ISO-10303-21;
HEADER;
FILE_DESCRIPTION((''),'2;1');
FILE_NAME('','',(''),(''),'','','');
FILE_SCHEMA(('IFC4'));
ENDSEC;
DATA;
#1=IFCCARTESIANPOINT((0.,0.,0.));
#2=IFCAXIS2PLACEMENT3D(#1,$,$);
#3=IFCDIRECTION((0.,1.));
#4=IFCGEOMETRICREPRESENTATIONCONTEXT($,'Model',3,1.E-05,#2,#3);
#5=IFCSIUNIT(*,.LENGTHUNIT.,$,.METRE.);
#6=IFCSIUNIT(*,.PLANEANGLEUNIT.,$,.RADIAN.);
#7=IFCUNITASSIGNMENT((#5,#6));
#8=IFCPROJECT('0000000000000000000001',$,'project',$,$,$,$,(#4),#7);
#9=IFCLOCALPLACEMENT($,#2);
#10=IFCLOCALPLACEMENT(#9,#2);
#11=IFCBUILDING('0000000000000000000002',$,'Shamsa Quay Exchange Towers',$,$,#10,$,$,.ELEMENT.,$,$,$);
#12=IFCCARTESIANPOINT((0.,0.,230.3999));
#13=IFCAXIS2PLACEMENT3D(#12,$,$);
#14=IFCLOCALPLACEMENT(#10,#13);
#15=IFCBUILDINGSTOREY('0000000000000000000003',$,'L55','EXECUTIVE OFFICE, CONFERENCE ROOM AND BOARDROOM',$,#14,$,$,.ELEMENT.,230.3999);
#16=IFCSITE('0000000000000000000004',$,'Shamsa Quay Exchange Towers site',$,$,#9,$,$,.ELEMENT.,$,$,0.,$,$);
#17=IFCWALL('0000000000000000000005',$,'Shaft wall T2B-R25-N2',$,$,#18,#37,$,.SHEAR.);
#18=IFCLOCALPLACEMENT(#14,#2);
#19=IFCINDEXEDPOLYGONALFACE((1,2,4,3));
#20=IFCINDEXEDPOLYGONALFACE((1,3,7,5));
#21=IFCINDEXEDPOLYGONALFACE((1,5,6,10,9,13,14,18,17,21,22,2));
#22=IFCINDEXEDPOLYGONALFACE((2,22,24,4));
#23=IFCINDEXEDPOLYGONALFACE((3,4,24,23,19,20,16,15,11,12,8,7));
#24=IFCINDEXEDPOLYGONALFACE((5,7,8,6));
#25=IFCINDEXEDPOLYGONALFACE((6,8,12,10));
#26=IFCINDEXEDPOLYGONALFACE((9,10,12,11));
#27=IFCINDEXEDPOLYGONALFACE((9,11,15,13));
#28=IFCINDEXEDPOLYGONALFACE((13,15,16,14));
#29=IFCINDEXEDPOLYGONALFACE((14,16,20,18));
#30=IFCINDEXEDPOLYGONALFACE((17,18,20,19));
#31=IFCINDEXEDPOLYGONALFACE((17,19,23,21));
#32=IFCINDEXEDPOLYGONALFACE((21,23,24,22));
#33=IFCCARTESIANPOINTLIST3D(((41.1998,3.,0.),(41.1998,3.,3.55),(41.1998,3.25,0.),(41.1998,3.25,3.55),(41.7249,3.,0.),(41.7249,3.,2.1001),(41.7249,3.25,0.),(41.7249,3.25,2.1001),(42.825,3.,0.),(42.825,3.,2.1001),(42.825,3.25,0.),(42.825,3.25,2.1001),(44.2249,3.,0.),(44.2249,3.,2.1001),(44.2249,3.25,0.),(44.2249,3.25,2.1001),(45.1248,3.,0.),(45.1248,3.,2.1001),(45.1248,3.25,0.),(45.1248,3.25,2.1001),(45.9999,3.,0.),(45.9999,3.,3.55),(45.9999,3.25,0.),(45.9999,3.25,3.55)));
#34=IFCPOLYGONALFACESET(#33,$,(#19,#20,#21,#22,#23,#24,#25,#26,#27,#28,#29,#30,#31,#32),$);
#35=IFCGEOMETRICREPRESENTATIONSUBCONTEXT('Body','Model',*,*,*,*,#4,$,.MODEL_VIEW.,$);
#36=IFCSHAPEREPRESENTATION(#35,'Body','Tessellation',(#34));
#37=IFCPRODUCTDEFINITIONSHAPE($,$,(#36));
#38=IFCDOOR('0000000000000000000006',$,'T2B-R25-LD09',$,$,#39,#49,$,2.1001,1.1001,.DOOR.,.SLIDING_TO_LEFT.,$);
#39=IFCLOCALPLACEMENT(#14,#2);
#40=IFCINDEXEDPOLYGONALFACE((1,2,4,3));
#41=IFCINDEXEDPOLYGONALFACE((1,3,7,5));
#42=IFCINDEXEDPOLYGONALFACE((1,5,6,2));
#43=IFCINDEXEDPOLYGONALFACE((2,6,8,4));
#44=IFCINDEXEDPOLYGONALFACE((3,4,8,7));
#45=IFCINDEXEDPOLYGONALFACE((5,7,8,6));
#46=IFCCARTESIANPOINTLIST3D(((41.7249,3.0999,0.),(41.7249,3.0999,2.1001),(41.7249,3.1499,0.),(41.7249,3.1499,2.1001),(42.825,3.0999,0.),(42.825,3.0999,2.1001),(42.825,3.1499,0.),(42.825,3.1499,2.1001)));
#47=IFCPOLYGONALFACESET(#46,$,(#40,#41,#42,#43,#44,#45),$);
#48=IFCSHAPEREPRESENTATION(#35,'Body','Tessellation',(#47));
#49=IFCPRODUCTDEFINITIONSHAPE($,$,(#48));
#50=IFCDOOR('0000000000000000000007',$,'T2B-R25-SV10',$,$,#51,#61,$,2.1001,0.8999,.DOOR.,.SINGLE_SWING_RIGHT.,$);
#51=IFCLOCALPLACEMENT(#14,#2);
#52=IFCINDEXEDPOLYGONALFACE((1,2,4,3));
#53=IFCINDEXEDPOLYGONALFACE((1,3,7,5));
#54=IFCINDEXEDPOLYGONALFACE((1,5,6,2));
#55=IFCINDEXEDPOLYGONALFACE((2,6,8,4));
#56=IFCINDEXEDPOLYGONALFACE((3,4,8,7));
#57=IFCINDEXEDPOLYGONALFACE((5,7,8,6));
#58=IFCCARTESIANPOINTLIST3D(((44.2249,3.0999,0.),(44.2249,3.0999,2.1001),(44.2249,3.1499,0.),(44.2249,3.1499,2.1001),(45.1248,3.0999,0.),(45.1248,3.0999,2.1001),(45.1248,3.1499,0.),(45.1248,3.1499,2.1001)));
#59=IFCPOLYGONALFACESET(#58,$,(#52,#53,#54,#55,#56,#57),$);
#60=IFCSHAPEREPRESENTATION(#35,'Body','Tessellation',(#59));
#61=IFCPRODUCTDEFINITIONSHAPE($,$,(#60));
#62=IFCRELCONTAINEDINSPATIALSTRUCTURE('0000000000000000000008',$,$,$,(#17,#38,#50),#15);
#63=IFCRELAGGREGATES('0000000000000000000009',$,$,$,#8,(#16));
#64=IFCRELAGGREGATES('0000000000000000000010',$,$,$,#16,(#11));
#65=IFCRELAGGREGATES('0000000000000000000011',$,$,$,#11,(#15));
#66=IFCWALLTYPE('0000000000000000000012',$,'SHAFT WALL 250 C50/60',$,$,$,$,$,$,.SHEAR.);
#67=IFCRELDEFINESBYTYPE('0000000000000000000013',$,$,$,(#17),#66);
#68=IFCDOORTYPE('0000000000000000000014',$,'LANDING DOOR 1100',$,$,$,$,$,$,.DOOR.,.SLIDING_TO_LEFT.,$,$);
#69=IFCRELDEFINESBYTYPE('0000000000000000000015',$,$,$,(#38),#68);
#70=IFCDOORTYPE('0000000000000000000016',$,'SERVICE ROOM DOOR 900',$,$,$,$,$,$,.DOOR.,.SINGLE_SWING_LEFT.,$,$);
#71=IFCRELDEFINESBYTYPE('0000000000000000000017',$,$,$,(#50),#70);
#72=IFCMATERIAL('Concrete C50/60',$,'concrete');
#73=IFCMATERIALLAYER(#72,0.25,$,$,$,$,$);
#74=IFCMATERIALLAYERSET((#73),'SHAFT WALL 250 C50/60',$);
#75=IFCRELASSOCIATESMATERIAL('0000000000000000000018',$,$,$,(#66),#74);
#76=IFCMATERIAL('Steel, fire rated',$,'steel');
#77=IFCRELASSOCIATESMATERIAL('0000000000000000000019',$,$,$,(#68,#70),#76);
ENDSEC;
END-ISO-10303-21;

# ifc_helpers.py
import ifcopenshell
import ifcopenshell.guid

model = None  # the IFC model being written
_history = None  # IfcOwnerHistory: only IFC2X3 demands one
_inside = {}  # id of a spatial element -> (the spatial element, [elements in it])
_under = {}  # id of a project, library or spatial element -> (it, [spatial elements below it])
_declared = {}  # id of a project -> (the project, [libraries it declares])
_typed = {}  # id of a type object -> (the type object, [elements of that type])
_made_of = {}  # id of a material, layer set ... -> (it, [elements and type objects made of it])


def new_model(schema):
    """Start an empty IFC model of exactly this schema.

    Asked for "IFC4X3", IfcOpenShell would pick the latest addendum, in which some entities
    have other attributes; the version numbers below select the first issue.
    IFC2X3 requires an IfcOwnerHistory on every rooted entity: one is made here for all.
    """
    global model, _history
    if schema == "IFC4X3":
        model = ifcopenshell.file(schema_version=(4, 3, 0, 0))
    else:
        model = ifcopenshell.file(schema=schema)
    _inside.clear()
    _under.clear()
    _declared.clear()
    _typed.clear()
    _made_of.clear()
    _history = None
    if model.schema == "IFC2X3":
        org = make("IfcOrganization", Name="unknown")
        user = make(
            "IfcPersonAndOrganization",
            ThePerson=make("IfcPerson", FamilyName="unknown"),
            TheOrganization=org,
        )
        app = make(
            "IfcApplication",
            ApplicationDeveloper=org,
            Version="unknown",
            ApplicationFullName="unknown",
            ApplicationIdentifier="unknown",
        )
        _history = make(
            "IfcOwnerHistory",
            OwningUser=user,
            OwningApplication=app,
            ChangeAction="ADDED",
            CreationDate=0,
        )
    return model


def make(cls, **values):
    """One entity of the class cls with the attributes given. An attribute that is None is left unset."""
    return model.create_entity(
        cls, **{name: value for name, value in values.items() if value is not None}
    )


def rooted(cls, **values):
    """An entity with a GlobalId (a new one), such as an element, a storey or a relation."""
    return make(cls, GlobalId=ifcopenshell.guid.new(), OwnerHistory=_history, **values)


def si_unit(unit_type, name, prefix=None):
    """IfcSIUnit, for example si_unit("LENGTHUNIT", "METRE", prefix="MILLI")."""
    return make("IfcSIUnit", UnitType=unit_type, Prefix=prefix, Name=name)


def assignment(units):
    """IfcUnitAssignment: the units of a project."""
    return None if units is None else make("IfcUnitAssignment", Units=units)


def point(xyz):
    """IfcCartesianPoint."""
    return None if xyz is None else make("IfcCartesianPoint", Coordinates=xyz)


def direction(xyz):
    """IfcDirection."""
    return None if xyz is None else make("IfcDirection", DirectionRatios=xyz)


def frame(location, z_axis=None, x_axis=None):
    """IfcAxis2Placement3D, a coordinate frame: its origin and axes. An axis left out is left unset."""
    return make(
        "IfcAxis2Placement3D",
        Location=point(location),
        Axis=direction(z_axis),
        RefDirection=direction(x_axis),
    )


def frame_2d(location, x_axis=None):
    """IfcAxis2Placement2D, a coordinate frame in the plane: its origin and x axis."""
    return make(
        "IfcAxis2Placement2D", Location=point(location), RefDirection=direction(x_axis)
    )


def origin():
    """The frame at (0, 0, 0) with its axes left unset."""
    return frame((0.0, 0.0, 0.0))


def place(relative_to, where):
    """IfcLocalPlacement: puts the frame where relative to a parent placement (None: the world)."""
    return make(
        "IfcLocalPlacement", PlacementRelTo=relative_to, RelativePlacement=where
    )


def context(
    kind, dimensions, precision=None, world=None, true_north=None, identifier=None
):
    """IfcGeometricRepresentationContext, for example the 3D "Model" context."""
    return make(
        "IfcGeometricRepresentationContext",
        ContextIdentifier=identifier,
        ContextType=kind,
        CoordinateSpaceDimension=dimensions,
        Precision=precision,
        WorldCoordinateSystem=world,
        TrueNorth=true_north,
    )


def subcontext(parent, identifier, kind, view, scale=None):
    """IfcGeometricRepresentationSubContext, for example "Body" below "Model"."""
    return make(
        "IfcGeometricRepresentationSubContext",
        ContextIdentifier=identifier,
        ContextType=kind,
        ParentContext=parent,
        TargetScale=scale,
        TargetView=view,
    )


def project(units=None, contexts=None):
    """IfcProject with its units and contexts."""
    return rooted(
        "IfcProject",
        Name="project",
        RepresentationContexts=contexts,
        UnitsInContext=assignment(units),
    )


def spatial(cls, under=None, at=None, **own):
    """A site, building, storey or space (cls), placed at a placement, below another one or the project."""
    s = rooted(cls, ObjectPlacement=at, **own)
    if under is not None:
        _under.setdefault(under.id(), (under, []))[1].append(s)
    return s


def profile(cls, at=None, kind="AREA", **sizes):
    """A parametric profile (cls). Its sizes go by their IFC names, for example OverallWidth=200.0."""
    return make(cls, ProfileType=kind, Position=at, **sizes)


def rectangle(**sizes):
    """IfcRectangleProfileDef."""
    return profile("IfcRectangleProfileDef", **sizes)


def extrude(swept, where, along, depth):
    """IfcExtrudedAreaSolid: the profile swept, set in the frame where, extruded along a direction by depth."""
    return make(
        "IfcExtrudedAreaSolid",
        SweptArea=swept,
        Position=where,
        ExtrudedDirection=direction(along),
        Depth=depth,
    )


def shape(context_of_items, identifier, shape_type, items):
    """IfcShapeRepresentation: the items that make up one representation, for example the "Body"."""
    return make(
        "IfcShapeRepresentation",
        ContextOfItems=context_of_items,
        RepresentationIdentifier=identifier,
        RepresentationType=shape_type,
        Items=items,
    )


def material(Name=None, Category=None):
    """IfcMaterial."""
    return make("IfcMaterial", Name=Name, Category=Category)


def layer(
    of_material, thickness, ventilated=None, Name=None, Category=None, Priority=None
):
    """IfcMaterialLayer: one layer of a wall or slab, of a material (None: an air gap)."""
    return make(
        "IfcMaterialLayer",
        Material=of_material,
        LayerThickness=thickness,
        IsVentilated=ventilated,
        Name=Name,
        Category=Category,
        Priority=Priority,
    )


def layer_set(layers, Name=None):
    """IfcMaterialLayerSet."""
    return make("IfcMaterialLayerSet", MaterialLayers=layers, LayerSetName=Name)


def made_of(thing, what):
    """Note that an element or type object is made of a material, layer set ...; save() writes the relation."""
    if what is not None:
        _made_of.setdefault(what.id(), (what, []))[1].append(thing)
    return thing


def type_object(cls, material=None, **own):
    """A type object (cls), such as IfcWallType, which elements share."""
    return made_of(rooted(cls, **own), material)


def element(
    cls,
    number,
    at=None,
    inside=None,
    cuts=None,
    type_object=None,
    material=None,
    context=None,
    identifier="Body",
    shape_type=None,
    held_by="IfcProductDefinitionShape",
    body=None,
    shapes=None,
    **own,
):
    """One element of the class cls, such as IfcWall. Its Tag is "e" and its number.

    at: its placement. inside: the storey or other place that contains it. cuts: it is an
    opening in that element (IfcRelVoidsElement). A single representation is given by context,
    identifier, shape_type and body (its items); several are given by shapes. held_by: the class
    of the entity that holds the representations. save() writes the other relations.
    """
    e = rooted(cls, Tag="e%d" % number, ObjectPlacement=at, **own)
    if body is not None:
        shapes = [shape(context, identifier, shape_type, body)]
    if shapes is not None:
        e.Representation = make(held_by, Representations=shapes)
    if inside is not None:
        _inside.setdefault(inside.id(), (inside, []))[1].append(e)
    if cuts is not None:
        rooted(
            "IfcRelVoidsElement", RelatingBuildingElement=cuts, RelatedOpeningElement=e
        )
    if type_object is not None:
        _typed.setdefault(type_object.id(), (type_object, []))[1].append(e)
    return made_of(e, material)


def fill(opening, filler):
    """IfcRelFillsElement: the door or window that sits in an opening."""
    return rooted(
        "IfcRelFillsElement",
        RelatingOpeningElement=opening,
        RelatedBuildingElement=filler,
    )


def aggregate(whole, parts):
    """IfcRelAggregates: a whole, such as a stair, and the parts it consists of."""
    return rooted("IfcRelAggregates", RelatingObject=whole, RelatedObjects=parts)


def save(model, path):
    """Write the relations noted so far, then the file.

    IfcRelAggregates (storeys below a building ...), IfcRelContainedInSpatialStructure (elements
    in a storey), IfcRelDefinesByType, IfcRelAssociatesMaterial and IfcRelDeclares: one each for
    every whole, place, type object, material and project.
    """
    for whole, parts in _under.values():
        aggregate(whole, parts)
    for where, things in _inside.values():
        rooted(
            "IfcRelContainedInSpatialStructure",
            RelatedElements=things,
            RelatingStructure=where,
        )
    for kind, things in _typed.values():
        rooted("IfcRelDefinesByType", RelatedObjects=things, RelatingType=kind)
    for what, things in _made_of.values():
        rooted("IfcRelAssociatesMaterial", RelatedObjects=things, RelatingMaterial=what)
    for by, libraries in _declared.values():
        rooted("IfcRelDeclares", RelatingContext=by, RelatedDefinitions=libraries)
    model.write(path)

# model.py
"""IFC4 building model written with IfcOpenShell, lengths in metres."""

from ifc_helpers import new_model, si_unit, direction, frame, frame_2d, origin, place, context, subcontext, project, spatial, rectangle, extrude, material, layer, layer_set, type_object, element, fill, save


model = new_model("IFC4")

# Units and contexts
model_context = context("Model", 3, precision=1e-05, world=origin(), true_north=direction((0.0, 1.0)))
body_context = subcontext(model_context, "Body", "Model", "MODEL_VIEW")
ifc_project = project(units=[si_unit("LENGTHUNIT", "METRE"), si_unit("PLANEANGLEUNIT", "RADIAN")], contexts=[model_context])

# Site, building, storey
site_placement = place(None, origin())
site = spatial("IfcSite", under=ifc_project, at=site_placement, Name="Shamsa Quay Exchange Towers site", CompositionType="ELEMENT", RefElevation=0.0)
building_placement = place(site_placement, origin())
building = spatial("IfcBuilding", under=site, at=building_placement, Name="Shamsa Quay Exchange Towers", CompositionType="ELEMENT")
storey_placement = place(building_placement, frame((0.0, 0.0, 230.3999)))
storey = spatial("IfcBuildingStorey", under=building, at=storey_placement, Name="L55", Description="EXECUTIVE OFFICE, CONFERENCE ROOM AND BOARDROOM", CompositionType="ELEMENT", Elevation=230.3999)

# Wall, openings, doors
ifc_material_1 = material(Name="Concrete C50/60", Category="concrete")
ifc_layer_1 = layer(ifc_material_1, 0.25)
ifc_layer_set_1 = layer_set([ifc_layer_1], Name="SHAFT WALL 250 C50/60")
wall_type_1 = type_object("IfcWallType", Name="SHAFT WALL 250 C50/60", PredefinedType="SHEAR", material=ifc_layer_set_1)
wall_1_placement = place(storey_placement, frame((41.2, 3.125, 0.0)))
wall_1 = element("IfcWall", 1, at=wall_1_placement, inside=storey, type_object=wall_type_1, Name="Shaft wall T2B-R25-N2", PredefinedType="SHEAR", context=body_context, shape_type="SweptSolid", body=[
    extrude(rectangle(XDim=4.8, YDim=0.25, at=frame_2d((2.3999, 0.0))), origin(), (0.0, 0.0, 1.0), 3.55),
])
opening_1_placement = place(wall_1_placement, frame((0.5249, 0.0, 0.0)))
opening_1 = element("IfcOpeningElement", 2, at=opening_1_placement, cuts=wall_1, PredefinedType="OPENING", context=body_context, shape_type="SweptSolid", body=[
    extrude(rectangle(XDim=1.1001, YDim=2.1001, at=frame_2d((0.55, 1.05))), frame((0.0, 0.135, 0.0), z_axis=(0.0, -1.0, 0.0), x_axis=(1.0, 0.0, 0.0)), (0.0, 0.0, 1.0), 0.27),
])
opening_2_placement = place(wall_1_placement, frame((3.0249, 0.0, 0.0)))
opening_2 = element("IfcOpeningElement", 3, at=opening_2_placement, cuts=wall_1, PredefinedType="OPENING", context=body_context, shape_type="SweptSolid", body=[
    extrude(rectangle(XDim=0.8999, YDim=2.1001, at=frame_2d((0.45, 1.05))), frame((0.0, 0.135, 0.0), z_axis=(0.0, -1.0, 0.0), x_axis=(1.0, 0.0, 0.0)), (0.0, 0.0, 1.0), 0.27),
])
ifc_material_2 = material(Name="Steel, fire rated", Category="steel")
door_type_1 = type_object("IfcDoorType", Name="LANDING DOOR 1100", OperationType="SLIDING_TO_LEFT", PredefinedType="DOOR", material=ifc_material_2)
door_1_placement = place(opening_1_placement, origin())
door_1 = element("IfcDoor", 4, at=door_1_placement, inside=storey, type_object=door_type_1, Name="T2B-R25-LD09", OperationType="SLIDING_TO_LEFT", OverallHeight=2.1001, OverallWidth=1.1001, PredefinedType="DOOR", context=body_context, shape_type="SweptSolid", body=[
    extrude(rectangle(XDim=1.1001, YDim=2.1001, at=frame_2d((0.55, 1.05))), frame((0.0, 0.0249, 0.0), z_axis=(0.0, -1.0, 0.0), x_axis=(1.0, 0.0, 0.0)), (0.0, 0.0, 1.0), 0.05),
])
fill(opening_1, door_1)
door_type_2 = type_object("IfcDoorType", Name="SERVICE ROOM DOOR 900", OperationType="SINGLE_SWING_LEFT", PredefinedType="DOOR", material=ifc_material_2)
door_2_placement = place(opening_2_placement, origin())
door_2 = element("IfcDoor", 5, at=door_2_placement, inside=storey, type_object=door_type_2, Name="T2B-R25-SV10", OperationType="SINGLE_SWING_RIGHT", OverallHeight=2.1001, OverallWidth=0.8999, PredefinedType="DOOR", context=body_context, shape_type="SweptSolid", body=[
    extrude(rectangle(XDim=0.8999, YDim=2.1001, at=frame_2d((0.45, 1.05))), frame((0.0, 0.0249, 0.0), z_axis=(0.0, -1.0, 0.0), x_axis=(1.0, 0.0, 0.0)), (0.0, 0.0, 1.0), 0.05),
])
fill(opening_2, door_2)

save(model, "model.ifc")
